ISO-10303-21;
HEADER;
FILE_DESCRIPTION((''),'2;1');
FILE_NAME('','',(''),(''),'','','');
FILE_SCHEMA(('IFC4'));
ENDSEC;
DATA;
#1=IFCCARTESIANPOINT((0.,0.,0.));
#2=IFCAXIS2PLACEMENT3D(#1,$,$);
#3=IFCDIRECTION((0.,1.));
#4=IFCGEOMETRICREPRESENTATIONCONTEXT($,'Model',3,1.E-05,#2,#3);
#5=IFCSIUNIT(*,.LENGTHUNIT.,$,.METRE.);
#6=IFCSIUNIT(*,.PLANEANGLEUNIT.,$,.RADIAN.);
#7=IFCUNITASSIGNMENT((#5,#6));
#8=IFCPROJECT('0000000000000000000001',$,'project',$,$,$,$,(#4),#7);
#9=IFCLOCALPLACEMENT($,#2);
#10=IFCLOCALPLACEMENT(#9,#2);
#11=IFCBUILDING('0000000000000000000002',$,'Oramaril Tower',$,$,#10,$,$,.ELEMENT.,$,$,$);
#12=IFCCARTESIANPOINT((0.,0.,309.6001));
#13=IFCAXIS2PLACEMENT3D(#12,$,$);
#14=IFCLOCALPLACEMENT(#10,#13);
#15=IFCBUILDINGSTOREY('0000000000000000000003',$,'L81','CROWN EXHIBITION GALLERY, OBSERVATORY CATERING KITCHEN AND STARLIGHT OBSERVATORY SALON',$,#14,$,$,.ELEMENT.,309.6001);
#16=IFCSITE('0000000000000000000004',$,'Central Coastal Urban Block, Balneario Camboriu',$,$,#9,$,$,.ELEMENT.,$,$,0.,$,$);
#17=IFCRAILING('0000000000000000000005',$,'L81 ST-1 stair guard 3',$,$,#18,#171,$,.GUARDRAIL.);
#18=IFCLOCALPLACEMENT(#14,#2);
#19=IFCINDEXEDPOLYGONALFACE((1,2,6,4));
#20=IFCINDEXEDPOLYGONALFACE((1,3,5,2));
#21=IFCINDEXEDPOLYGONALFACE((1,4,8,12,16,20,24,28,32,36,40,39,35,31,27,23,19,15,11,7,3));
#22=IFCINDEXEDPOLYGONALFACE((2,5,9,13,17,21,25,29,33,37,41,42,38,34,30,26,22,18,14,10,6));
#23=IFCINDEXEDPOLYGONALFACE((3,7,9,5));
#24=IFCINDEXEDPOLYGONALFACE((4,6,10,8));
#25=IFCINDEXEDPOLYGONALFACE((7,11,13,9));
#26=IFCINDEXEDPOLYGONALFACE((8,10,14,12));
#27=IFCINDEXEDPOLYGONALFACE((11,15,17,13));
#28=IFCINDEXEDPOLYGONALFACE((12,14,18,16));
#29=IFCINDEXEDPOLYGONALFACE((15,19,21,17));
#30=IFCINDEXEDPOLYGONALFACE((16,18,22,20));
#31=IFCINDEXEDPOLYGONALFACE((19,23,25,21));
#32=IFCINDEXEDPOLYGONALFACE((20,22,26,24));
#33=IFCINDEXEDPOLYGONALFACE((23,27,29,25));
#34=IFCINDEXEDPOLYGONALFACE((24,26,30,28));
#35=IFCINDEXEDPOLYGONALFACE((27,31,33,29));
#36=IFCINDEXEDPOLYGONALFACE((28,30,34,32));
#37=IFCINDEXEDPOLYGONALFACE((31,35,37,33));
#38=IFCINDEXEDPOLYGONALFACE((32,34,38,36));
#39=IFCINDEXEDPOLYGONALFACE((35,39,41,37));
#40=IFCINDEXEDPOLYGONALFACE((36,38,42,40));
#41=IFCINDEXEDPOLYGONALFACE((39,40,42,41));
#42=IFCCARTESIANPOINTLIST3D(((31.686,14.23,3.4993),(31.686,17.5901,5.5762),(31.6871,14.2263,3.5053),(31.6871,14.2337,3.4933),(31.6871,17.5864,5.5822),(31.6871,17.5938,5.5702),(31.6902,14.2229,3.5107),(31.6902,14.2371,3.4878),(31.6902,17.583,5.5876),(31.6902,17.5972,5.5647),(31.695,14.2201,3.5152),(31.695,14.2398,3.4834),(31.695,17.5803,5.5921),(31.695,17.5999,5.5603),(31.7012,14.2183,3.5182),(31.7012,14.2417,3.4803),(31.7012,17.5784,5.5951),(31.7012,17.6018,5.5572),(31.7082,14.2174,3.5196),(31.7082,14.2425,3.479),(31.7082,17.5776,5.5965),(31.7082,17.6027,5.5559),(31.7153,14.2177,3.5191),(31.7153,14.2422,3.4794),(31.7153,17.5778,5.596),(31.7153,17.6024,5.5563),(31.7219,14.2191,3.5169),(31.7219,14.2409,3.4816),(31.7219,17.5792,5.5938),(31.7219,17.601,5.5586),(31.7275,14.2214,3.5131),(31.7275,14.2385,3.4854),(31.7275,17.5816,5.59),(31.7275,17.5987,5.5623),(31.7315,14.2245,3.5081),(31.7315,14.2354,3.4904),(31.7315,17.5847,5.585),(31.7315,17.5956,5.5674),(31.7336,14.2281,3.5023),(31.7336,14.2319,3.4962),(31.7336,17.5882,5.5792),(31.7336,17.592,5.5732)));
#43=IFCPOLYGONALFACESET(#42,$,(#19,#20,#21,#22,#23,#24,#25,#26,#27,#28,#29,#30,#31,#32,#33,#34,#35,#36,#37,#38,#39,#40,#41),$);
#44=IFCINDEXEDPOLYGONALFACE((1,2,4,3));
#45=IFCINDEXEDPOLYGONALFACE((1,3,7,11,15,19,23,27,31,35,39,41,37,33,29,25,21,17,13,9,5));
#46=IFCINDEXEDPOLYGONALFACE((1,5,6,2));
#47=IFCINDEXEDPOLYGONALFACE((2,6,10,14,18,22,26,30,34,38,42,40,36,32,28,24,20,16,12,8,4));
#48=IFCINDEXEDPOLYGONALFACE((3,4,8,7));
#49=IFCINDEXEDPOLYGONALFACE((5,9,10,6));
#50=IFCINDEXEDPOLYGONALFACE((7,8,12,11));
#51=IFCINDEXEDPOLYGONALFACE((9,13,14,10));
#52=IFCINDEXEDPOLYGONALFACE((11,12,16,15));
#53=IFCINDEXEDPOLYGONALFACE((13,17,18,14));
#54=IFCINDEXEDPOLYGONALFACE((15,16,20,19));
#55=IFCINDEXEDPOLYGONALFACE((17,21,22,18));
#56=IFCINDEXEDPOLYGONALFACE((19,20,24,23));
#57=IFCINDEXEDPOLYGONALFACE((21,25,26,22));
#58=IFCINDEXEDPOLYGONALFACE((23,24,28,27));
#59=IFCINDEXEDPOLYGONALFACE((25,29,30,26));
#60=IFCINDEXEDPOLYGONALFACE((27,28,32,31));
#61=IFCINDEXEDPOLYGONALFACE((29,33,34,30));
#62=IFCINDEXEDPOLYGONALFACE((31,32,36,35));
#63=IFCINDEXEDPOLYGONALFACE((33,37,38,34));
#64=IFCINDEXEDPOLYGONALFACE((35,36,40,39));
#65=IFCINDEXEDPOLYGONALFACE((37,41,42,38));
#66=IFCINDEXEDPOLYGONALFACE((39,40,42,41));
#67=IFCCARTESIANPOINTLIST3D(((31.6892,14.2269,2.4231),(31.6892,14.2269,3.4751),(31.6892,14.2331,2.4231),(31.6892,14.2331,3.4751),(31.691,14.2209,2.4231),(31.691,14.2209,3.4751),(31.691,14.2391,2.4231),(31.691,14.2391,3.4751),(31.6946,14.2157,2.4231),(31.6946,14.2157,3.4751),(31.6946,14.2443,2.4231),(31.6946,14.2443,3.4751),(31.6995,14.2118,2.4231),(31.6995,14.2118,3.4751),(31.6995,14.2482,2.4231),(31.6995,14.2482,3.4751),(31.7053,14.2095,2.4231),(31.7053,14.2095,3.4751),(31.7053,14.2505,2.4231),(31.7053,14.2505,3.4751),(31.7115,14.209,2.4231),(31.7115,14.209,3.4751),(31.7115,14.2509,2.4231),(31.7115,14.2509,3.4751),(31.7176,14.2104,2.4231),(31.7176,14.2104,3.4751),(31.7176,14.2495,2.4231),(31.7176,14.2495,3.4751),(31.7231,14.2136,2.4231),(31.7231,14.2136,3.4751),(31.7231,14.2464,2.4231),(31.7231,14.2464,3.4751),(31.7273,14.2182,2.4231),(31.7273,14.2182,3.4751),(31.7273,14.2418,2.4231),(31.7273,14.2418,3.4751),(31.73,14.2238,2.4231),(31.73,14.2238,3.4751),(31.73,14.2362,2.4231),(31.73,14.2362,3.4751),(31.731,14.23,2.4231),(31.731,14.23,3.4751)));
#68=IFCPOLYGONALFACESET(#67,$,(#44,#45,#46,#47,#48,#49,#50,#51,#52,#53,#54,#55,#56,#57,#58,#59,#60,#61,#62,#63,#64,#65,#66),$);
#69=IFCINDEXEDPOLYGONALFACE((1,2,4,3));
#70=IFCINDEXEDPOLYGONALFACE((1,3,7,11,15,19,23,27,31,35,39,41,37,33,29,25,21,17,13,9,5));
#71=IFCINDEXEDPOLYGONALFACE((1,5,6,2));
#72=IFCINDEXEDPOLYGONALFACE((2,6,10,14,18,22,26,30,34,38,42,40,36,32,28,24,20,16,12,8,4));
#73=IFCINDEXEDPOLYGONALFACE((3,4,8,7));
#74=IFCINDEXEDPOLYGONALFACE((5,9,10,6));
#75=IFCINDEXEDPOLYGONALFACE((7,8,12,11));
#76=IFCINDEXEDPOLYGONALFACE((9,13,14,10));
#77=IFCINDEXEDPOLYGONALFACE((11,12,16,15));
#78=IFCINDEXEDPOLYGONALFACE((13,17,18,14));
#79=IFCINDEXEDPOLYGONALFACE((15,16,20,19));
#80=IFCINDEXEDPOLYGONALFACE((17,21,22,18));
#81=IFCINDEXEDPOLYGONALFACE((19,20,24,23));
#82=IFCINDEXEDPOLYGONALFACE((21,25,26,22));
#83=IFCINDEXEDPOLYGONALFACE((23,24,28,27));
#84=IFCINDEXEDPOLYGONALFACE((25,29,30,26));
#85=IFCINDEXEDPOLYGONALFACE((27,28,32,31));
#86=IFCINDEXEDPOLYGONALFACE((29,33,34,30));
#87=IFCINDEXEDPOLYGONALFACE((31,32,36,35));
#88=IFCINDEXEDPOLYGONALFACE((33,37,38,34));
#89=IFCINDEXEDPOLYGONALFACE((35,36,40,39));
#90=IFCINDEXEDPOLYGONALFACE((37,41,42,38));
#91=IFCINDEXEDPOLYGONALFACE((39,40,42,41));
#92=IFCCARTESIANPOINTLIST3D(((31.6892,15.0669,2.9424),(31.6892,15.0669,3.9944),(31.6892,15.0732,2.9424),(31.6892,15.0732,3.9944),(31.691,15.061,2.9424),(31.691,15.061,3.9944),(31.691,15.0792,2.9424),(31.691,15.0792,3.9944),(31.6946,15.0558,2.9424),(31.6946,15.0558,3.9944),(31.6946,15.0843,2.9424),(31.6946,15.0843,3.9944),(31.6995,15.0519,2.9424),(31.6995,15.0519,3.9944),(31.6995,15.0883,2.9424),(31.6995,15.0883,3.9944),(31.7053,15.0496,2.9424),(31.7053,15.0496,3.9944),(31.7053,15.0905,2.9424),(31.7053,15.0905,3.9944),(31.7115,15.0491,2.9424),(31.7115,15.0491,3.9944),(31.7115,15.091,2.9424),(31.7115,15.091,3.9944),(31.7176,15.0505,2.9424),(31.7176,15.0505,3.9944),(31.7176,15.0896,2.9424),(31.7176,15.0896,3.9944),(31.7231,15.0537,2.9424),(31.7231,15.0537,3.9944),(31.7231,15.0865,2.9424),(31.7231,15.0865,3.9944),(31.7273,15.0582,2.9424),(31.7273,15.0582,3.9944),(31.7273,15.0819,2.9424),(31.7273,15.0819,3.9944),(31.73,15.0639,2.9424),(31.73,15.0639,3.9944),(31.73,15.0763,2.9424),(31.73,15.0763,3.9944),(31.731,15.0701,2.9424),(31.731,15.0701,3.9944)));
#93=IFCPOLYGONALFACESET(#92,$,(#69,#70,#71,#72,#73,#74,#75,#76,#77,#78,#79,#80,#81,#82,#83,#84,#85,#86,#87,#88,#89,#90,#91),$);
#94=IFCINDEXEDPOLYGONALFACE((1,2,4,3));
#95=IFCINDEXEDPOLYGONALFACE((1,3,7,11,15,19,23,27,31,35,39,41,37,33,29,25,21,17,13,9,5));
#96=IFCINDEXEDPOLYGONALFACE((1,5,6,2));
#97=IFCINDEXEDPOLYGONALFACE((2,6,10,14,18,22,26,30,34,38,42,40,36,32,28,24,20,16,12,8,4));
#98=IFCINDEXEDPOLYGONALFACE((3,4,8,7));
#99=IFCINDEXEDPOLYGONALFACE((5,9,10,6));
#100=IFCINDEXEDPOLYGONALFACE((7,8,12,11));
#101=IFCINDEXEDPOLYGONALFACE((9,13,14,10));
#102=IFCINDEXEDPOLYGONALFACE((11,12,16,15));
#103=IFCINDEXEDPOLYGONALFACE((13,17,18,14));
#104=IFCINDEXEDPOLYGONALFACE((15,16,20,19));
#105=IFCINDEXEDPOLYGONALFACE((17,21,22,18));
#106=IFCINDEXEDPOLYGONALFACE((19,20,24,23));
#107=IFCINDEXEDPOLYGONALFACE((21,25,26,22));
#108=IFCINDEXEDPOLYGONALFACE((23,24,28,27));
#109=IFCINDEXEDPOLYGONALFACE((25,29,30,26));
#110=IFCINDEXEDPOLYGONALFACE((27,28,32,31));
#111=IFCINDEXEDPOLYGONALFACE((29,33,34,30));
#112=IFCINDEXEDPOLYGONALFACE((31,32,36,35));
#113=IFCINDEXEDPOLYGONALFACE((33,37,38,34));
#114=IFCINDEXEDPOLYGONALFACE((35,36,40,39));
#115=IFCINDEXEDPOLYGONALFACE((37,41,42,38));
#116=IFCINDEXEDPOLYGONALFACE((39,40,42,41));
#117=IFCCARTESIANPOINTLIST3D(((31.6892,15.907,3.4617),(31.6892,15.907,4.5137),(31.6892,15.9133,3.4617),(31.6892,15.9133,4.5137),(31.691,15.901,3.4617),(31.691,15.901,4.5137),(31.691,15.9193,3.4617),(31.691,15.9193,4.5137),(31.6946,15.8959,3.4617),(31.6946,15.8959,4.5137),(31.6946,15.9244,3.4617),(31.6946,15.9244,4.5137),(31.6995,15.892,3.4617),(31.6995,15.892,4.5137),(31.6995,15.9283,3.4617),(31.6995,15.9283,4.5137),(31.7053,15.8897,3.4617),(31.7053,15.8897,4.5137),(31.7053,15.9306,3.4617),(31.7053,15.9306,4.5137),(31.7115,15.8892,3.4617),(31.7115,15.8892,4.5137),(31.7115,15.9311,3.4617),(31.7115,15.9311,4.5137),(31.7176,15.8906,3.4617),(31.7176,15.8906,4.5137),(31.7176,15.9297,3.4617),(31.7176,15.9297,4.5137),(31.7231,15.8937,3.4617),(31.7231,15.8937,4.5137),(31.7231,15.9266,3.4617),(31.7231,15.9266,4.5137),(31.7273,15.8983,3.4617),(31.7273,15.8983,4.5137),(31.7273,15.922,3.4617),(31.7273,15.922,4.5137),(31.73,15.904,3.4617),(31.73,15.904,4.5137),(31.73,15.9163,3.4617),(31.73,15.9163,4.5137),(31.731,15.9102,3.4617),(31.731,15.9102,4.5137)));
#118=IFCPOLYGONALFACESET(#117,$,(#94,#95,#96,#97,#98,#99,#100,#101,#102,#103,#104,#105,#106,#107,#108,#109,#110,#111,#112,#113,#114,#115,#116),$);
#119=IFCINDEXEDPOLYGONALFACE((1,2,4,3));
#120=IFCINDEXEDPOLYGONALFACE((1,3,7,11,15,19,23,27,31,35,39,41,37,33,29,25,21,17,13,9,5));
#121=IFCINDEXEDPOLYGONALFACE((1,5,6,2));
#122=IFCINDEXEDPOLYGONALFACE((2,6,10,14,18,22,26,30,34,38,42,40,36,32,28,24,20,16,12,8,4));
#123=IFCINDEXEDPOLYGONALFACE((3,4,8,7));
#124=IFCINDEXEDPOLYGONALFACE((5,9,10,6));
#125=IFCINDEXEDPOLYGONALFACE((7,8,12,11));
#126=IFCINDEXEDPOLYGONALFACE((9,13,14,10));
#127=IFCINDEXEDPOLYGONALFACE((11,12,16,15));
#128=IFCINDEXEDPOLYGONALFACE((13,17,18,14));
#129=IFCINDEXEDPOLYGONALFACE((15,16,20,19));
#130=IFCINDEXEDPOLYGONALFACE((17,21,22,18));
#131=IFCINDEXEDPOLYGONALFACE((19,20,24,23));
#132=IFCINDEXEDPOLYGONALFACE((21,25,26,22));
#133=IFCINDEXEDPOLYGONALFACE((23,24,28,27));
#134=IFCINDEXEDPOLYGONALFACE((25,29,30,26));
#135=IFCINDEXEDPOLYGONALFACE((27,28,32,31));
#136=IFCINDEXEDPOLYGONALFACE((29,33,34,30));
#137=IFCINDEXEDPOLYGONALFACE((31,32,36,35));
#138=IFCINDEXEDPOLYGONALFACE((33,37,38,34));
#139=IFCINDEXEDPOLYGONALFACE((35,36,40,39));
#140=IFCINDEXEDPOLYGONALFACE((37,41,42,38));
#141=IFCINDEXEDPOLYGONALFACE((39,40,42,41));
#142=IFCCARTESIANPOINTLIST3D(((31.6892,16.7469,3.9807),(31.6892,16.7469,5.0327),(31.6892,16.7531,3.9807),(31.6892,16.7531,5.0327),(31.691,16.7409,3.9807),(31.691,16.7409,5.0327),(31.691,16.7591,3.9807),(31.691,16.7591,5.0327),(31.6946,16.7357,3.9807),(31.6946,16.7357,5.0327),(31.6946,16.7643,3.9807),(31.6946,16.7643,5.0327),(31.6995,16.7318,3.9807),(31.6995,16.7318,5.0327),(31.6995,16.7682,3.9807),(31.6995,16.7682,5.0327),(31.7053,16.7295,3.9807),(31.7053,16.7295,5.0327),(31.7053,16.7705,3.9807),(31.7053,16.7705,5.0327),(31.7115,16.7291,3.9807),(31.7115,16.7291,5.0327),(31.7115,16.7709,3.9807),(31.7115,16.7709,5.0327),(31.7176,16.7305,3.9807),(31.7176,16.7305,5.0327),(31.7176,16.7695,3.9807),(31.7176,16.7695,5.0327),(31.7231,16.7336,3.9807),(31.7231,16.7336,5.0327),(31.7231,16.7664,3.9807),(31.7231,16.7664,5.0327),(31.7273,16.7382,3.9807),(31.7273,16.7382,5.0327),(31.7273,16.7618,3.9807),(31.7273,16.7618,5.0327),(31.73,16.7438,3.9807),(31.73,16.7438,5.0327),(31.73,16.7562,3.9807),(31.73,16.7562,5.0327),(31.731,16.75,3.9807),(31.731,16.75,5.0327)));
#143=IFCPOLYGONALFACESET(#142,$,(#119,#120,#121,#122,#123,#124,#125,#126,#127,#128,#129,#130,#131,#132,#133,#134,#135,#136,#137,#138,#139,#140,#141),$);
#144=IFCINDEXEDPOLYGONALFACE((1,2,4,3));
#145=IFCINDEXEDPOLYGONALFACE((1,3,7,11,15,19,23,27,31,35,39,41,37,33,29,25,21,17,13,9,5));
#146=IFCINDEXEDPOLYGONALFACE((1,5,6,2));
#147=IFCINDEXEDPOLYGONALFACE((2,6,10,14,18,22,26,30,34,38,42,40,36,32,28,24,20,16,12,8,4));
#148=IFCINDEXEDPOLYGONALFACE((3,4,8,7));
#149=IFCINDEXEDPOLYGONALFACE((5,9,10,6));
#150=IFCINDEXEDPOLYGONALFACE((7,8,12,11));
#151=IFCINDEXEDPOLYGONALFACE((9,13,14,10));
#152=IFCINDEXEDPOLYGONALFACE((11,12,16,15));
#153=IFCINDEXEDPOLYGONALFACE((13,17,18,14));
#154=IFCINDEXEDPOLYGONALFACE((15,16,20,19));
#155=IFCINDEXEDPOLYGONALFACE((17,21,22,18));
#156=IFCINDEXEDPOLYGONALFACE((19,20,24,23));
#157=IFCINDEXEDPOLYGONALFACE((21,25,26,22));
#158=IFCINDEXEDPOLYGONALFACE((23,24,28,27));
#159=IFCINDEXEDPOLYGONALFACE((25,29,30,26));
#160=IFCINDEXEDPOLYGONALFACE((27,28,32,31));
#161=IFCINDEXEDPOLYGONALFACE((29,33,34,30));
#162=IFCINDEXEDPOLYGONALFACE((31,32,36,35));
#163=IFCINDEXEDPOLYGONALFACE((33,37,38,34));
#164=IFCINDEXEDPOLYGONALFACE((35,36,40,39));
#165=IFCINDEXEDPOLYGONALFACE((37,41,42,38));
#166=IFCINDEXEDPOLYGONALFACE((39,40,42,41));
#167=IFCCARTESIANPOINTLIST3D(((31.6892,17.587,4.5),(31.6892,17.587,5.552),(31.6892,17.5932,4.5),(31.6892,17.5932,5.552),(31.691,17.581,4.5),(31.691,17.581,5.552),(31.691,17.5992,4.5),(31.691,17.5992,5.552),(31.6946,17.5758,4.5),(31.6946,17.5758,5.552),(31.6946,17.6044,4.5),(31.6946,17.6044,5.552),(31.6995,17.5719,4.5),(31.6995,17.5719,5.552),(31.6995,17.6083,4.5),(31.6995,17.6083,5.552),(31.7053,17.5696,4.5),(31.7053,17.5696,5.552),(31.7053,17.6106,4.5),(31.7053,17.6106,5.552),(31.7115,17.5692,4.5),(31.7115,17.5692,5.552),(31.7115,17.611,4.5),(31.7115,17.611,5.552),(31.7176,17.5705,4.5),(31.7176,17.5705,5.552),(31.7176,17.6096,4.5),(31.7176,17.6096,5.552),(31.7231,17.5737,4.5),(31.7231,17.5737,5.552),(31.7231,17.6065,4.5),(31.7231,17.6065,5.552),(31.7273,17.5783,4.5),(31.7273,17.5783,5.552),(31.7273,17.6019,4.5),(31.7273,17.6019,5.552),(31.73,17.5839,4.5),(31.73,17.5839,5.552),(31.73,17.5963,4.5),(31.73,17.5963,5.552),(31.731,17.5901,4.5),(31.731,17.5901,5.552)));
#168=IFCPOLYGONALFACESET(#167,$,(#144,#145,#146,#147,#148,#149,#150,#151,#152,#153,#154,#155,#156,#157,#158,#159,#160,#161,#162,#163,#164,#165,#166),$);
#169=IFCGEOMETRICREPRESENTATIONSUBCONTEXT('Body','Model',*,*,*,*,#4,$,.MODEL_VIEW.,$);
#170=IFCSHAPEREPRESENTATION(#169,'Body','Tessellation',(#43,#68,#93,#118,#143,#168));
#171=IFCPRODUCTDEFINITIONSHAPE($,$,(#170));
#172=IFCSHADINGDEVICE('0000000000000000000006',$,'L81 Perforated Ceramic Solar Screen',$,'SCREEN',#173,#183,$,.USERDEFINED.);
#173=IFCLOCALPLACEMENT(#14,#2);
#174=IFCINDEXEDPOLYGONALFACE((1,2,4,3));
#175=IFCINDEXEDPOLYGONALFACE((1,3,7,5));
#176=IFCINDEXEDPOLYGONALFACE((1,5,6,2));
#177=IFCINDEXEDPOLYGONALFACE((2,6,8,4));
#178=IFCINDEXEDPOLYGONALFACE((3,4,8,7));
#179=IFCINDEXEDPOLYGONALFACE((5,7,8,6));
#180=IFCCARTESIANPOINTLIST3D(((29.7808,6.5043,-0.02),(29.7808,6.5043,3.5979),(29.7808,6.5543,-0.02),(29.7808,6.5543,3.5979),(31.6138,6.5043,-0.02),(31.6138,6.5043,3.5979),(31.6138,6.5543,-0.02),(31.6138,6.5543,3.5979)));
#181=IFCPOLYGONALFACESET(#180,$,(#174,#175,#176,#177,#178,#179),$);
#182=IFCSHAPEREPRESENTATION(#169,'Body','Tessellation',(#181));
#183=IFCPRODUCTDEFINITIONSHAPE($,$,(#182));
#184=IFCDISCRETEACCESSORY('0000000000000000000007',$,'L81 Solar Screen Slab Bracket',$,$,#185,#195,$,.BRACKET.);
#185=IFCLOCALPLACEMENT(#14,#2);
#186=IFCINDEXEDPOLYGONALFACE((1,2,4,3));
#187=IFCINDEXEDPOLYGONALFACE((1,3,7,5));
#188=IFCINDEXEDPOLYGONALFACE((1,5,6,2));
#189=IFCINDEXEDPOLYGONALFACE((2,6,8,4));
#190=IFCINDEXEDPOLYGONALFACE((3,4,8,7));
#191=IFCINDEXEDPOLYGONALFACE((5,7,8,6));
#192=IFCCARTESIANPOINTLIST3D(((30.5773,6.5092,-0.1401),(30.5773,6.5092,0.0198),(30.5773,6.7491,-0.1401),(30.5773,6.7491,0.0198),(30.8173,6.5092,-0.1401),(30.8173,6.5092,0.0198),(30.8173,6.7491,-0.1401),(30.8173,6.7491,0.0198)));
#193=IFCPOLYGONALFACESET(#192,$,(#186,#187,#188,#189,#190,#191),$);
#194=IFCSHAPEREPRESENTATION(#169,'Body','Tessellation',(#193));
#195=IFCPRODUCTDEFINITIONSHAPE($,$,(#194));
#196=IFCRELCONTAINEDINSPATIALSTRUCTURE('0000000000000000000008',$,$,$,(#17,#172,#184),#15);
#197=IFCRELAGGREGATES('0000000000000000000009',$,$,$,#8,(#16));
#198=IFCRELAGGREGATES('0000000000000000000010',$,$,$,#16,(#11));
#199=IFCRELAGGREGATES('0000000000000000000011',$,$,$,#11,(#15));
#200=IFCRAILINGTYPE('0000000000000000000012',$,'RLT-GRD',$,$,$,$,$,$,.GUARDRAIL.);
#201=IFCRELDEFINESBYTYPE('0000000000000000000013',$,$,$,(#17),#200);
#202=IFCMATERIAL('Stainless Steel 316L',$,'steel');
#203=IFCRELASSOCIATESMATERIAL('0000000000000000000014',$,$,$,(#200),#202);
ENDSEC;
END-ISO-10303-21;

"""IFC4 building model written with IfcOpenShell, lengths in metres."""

from ifc_helpers import new_model, si_unit, direction, frame, origin, origin_2d, place, context, subcontext, project, spatial, rectangle, circle, extrude, material, type_object, element, save


model = new_model("IFC4")

# Units and contexts
model_context = context("Model", 3, precision=1e-05, world=origin(), true_north=direction((0.0, 1.0)))
body_context = subcontext(model_context, "Body", "Model", "MODEL_VIEW")
ifc_project = project(units=[si_unit("LENGTHUNIT", "METRE"), si_unit("PLANEANGLEUNIT", "RADIAN")], contexts=[model_context])

# Site, building, storey
site_placement = place(None, origin())
site = spatial("IfcSite", under=ifc_project, at=site_placement, Name="Central Coastal Urban Block, Balneario Camboriu", CompositionType="ELEMENT", RefElevation=0.0)
building_placement = place(site_placement, origin())
building = spatial("IfcBuilding", under=site, at=building_placement, Name="Oramaril Tower", CompositionType="ELEMENT")
storey_placement = place(building_placement, frame((0.0, 0.0, 309.6001)))
storey = spatial("IfcBuildingStorey", under=building, at=storey_placement, Name="L81", Description="CROWN EXHIBITION GALLERY, OBSERVATORY CATERING KITCHEN AND STARLIGHT OBSERVATORY SALON", CompositionType="ELEMENT", Elevation=309.6001)

# Railing
ifc_material_1 = material(Name="Stainless Steel 316L", Category="steel")
railing_type = type_object("IfcRailingType", Name="RLT-GRD", PredefinedType="GUARDRAIL", material=ifc_material_1)
railing_1_placement = place(storey_placement, frame((31.71, 14.23, 2.4231)))
element("IfcRailing", 1, at=railing_1_placement, inside=storey, type_object=railing_type, Name="L81 ST-1 stair guard 3", PredefinedType="GUARDRAIL", context=body_context, shape_type="SweptSolid", body=[
    extrude(circle(Radius=0.0239, at=origin_2d()), frame((0.0, 0.0, 1.0762), z_axis=(0.0, 0.850623, 0.525776), x_axis=(-1.0, 0.0, 0.0)), (0.0, 0.0, 1.0), 3.9502),
    extrude(circle(Radius=0.021, at=origin_2d()), origin(), (0.0, 0.0, 1.0), 1.052),
    extrude(circle(Radius=0.021, at=origin_2d()), frame((0.0, 0.8401, 0.5193)), (0.0, 0.0, 1.0), 1.052),
    extrude(circle(Radius=0.021, at=origin_2d()), frame((0.0, 1.6802, 1.0386)), (0.0, 0.0, 1.0), 1.052),
    extrude(circle(Radius=0.021, at=origin_2d()), frame((0.0, 2.52, 1.5576)), (0.0, 0.0, 1.0), 1.052),
    extrude(circle(Radius=0.021, at=origin_2d()), frame((0.0, 3.3601, 2.0769)), (0.0, 0.0, 1.0), 1.052),
])

# Shading device
shading_device_placement = place(storey_placement, frame((30.6973, 6.5293, -0.02), z_axis=(0.0, 0.0, 1.0), x_axis=(1.0, 0.0, 0.0)))
element("IfcShadingDevice", 2, at=shading_device_placement, inside=storey, Name="L81 Perforated Ceramic Solar Screen", ObjectType="SCREEN", PredefinedType="USERDEFINED", context=body_context, shape_type="SweptSolid", body=[
    extrude(rectangle(XDim=1.833, YDim=0.05, at=origin_2d()), origin(), (0.0, 0.0, 1.0), 3.6179),
])

# Discrete accessory
discrete_accessory_placement = place(storey_placement, frame((30.6973, 6.6292, -0.1401), z_axis=(0.0, 0.0, 1.0), x_axis=(1.0, 0.0, 0.0)))
element("IfcDiscreteAccessory", 3, at=discrete_accessory_placement, inside=storey, Name="L81 Solar Screen Slab Bracket", PredefinedType="BRACKET", context=body_context, shape_type="SweptSolid", body=[
    extrude(rectangle(XDim=0.24, YDim=0.24, at=origin_2d()), origin(), (0.0, 0.0, 1.0), 0.1599),
])

save(model, "model.ifc")
